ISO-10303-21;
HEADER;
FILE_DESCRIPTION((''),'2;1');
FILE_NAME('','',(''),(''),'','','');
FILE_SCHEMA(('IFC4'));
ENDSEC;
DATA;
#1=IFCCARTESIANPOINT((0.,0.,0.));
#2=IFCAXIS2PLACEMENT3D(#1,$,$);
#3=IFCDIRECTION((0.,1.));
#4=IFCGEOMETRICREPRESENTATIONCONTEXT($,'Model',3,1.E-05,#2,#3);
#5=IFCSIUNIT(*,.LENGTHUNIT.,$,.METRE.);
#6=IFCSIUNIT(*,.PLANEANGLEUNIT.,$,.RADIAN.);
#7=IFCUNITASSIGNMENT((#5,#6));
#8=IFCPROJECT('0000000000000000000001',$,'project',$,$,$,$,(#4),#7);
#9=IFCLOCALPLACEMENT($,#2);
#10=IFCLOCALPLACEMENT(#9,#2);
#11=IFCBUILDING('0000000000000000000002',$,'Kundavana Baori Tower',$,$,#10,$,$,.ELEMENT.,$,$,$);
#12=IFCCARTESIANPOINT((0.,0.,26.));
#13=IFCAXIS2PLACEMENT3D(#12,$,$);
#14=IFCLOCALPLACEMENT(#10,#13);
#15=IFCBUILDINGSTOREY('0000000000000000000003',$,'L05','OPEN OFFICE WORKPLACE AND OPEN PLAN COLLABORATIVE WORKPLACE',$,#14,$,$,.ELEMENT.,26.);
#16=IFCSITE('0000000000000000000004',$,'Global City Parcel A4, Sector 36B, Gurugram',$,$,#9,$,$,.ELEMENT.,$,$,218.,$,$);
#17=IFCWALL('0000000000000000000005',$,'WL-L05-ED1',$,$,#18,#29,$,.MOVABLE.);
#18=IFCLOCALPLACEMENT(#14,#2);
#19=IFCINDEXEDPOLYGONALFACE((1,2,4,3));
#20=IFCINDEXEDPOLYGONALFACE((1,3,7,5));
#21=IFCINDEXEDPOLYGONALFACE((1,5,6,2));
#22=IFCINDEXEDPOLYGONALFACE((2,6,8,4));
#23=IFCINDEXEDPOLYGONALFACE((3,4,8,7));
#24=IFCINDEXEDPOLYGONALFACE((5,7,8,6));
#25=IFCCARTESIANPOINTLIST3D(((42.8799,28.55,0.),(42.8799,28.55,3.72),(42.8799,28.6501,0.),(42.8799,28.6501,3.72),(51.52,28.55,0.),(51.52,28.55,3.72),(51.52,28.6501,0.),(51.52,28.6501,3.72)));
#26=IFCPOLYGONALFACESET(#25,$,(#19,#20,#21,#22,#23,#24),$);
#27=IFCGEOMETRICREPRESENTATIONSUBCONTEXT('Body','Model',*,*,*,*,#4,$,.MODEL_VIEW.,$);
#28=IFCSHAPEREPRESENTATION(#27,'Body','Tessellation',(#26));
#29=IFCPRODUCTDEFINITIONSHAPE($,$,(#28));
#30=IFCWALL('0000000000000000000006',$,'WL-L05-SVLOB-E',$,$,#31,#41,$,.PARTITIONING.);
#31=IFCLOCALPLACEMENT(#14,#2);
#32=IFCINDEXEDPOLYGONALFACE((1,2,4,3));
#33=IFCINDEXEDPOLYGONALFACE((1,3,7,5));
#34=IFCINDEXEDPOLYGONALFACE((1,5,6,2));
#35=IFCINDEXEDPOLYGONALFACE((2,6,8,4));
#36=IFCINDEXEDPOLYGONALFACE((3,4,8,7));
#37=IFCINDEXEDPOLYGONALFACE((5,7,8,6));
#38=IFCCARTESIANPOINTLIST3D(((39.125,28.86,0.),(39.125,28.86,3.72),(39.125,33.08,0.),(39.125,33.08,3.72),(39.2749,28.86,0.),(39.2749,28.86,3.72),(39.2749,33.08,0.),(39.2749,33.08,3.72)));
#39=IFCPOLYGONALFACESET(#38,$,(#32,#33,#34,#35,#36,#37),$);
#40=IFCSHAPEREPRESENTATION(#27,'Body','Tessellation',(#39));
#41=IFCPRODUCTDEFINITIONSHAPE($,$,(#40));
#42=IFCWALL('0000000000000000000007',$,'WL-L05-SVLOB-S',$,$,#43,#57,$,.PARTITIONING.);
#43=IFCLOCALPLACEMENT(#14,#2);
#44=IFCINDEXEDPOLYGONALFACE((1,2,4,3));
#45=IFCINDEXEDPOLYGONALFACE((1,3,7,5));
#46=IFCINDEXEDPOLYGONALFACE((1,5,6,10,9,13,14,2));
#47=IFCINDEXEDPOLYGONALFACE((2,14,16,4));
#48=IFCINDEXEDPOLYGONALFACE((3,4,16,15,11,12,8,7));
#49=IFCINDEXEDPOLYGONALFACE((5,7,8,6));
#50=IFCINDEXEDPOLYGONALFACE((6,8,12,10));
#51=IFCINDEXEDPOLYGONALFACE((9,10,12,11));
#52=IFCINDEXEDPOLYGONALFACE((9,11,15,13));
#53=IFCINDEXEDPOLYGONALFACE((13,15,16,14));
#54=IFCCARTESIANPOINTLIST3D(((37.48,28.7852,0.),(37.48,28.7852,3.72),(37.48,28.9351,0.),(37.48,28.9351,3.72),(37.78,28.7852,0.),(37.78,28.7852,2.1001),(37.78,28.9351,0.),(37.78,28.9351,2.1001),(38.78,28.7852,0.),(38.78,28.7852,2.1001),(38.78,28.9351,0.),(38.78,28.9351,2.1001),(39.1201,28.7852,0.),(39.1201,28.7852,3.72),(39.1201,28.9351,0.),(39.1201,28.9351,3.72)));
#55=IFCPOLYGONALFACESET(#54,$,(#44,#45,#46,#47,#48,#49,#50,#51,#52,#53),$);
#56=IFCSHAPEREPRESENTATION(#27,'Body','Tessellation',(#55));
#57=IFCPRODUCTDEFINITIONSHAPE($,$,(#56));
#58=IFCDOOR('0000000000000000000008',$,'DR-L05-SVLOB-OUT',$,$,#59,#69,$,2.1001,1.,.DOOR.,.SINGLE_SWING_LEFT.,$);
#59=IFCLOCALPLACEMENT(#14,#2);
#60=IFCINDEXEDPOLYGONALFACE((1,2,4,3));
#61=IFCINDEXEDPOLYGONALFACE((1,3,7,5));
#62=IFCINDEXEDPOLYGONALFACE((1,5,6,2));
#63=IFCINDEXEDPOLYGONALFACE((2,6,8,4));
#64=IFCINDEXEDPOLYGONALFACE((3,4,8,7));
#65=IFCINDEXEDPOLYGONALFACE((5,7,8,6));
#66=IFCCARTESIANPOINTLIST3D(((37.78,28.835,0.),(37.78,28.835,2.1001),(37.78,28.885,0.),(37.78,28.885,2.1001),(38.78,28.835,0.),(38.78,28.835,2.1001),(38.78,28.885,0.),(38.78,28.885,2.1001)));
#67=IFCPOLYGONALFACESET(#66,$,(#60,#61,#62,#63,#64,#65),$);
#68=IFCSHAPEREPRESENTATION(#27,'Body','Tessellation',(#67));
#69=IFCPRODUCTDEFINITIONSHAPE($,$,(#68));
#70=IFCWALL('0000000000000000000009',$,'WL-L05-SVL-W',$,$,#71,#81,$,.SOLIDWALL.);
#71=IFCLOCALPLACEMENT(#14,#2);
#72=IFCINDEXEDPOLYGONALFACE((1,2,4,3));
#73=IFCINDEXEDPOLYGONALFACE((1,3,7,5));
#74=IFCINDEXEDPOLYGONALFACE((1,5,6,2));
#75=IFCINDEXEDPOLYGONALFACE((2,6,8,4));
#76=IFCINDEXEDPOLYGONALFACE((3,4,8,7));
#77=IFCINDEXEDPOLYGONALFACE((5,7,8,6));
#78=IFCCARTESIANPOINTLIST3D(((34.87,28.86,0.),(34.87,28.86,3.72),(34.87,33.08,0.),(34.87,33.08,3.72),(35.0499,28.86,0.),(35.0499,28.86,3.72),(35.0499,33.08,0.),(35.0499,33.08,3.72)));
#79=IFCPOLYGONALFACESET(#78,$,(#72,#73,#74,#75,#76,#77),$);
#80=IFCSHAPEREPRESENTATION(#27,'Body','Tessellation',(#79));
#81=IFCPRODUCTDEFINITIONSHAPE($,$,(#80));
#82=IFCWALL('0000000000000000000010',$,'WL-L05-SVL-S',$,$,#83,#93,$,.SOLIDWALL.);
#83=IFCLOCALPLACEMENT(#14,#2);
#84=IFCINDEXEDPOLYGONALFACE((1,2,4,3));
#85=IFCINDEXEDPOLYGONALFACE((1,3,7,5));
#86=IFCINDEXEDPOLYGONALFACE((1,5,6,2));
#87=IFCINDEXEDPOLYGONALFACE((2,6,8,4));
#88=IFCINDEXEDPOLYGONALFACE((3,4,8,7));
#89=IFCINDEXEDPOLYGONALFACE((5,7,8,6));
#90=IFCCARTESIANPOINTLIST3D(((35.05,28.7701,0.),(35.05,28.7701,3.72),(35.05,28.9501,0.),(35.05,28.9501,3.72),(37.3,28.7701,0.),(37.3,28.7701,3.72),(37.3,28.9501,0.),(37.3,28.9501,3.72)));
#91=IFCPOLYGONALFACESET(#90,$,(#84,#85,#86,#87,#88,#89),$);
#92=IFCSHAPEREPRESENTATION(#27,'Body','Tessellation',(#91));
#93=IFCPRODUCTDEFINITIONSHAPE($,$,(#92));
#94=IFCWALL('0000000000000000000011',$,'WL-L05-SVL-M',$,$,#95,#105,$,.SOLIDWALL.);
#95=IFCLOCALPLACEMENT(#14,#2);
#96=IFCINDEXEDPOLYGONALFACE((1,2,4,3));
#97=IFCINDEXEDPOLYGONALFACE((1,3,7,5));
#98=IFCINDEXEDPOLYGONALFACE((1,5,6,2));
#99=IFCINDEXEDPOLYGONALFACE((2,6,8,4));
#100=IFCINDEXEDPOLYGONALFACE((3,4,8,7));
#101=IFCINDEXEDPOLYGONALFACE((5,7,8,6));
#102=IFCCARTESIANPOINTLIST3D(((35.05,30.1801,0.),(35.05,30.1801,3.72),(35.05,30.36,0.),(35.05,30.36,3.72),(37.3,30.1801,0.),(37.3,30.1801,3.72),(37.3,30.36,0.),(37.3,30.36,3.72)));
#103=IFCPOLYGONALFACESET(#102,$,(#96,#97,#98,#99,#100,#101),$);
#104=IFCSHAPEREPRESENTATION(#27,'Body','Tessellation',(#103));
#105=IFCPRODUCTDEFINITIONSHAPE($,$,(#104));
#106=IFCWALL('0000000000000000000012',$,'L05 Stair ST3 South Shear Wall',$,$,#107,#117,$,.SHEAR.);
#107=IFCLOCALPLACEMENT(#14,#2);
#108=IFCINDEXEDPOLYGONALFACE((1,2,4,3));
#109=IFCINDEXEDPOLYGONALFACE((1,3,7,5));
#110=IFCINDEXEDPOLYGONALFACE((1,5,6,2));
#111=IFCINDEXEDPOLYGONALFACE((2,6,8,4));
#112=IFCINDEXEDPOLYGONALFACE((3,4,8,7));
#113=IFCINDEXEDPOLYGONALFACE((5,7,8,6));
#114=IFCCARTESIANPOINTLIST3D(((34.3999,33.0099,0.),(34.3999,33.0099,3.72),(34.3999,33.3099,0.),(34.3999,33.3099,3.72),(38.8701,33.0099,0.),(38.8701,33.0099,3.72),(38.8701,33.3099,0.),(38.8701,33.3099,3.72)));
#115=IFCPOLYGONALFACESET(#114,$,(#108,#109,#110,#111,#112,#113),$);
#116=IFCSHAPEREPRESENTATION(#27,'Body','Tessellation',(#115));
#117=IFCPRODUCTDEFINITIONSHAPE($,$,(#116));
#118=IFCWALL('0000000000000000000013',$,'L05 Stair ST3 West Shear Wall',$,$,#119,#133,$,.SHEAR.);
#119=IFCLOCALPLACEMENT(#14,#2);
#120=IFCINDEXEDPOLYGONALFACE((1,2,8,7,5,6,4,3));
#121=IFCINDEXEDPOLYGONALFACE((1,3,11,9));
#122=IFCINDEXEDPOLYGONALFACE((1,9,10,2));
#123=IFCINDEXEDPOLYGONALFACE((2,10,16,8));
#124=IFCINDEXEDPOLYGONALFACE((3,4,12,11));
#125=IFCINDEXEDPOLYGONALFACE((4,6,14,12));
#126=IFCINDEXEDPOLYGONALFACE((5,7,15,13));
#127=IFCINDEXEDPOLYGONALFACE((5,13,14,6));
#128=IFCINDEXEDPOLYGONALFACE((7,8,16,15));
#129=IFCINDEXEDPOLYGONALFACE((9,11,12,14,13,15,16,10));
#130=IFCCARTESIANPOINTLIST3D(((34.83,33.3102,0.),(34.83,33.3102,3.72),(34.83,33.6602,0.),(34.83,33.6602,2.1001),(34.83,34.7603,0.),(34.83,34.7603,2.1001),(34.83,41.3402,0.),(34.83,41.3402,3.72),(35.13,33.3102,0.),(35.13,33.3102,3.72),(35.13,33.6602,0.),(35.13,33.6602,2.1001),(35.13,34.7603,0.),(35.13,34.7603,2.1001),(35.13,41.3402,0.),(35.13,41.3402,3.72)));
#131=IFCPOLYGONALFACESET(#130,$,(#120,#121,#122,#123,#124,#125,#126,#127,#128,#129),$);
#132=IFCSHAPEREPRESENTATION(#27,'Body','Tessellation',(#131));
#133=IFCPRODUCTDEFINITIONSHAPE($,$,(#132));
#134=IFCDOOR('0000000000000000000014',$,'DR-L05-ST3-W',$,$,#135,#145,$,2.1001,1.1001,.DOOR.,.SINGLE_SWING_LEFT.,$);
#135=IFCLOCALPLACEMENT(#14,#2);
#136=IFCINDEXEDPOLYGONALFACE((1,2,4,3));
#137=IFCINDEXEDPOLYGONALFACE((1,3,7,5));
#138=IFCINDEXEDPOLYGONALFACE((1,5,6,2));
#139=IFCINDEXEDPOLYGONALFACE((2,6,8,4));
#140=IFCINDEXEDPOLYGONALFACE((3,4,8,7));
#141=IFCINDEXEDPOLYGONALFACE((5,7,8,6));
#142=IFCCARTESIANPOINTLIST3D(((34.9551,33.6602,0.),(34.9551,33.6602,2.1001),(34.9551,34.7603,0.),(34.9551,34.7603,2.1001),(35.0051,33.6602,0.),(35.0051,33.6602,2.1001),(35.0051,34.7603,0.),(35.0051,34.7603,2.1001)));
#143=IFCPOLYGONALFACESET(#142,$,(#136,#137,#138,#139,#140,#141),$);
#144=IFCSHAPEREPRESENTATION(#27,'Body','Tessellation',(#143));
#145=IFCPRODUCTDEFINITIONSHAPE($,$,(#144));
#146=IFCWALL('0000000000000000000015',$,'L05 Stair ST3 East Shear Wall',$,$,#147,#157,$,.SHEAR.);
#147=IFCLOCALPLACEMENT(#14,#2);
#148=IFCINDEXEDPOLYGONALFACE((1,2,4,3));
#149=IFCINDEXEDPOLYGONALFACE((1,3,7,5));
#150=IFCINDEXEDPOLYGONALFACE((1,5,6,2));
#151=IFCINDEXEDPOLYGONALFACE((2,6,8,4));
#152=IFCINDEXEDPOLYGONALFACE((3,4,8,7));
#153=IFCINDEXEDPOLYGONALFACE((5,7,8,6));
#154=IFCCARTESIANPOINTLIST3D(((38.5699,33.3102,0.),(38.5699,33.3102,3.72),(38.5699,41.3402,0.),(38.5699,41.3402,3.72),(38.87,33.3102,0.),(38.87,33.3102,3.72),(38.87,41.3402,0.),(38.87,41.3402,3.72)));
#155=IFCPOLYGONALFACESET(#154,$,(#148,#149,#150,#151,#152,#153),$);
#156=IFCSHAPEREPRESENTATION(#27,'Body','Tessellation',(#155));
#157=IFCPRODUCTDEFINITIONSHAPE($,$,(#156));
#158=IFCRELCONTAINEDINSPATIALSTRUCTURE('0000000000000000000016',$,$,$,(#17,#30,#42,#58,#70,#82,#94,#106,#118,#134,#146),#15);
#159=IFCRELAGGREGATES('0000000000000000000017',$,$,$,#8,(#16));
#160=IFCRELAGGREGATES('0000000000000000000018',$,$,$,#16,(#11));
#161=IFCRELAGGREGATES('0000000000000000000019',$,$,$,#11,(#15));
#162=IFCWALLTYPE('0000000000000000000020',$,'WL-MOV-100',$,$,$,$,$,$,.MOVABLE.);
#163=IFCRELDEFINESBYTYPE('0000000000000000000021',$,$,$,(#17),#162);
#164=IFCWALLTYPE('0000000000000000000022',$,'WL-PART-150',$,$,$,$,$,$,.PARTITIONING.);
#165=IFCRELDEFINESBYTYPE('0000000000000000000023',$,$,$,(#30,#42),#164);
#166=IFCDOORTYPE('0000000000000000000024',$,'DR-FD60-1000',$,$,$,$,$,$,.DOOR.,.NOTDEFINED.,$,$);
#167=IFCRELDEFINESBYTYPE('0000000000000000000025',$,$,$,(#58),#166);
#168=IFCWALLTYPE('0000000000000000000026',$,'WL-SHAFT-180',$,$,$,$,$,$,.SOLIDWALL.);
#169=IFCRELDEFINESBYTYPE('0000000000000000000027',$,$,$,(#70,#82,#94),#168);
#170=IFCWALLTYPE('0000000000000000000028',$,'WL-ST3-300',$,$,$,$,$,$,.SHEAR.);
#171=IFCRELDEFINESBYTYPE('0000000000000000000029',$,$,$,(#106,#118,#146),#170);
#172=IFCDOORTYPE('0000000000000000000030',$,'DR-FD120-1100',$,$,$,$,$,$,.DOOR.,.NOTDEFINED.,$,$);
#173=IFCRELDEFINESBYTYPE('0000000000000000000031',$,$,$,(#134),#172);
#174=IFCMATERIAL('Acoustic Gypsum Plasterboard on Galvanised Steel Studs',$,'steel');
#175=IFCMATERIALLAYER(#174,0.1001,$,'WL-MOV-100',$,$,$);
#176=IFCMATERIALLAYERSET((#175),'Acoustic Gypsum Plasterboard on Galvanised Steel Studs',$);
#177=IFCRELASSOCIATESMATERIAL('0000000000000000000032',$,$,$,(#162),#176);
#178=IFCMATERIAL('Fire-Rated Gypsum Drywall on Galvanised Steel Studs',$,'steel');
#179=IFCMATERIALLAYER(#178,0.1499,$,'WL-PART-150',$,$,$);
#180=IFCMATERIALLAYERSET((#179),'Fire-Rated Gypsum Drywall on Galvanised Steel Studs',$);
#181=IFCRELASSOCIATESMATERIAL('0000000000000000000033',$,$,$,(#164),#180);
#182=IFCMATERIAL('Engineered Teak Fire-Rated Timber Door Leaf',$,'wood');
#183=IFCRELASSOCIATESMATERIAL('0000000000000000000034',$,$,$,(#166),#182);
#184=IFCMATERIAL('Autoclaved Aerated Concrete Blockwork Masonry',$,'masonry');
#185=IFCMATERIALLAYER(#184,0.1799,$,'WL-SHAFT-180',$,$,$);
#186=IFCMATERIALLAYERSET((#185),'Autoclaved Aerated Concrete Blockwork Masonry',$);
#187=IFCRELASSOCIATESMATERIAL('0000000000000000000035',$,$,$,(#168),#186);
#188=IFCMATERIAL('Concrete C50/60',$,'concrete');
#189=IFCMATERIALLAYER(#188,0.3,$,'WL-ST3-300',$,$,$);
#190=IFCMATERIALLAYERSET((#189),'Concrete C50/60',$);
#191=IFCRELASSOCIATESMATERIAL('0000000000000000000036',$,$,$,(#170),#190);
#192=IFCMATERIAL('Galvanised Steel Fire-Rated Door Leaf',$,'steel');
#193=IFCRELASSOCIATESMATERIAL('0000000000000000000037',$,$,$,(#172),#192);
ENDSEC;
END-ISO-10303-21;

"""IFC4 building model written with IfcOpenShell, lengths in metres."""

from ifc_helpers import new_model, si_unit, direction, frame, frame_2d, origin, place, context, subcontext, project, spatial, rectangle, extrude, material, layer, layer_set, type_object, element, fill, save


model = new_model("IFC4")

# Units and contexts
model_context = context("Model", 3, precision=1e-05, world=origin(), true_north=direction((0.0, 1.0)))
body_context = subcontext(model_context, "Body", "Model", "MODEL_VIEW")
ifc_project = project(units=[si_unit("LENGTHUNIT", "METRE"), si_unit("PLANEANGLEUNIT", "RADIAN")], contexts=[model_context])

# Site, building, storey
site_placement = place(None, origin())
site = spatial("IfcSite", under=ifc_project, at=site_placement, Name="Global City Parcel A4, Sector 36B, Gurugram", CompositionType="ELEMENT", RefElevation=218.0)
building_placement = place(site_placement, origin())
building = spatial("IfcBuilding", under=site, at=building_placement, Name="Kundavana Baori Tower", CompositionType="ELEMENT")
storey_placement = place(building_placement, frame((0.0, 0.0, 26.0)))
storey = spatial("IfcBuildingStorey", under=building, at=storey_placement, Name="L05", Description="OPEN OFFICE WORKPLACE AND OPEN PLAN COLLABORATIVE WORKPLACE", CompositionType="ELEMENT", Elevation=26.0)

# Walls
ifc_material_1 = material(Name="Acoustic Gypsum Plasterboard on Galvanised Steel Studs", Category="steel")
ifc_layer_1 = layer(ifc_material_1, 0.1001, Name="WL-MOV-100")
ifc_layer_set_1 = layer_set([ifc_layer_1], Name="Acoustic Gypsum Plasterboard on Galvanised Steel Studs")
wall_type_1 = type_object("IfcWallType", Name="WL-MOV-100", PredefinedType="MOVABLE", material=ifc_layer_set_1)
wall_1_placement = place(storey_placement, frame((42.8799, 28.6001, 0.0), z_axis=(0.0, 0.0, 1.0), x_axis=(1.0, 0.0, 0.0)))
element("IfcWall", 1, at=wall_1_placement, inside=storey, type_object=wall_type_1, Name="WL-L05-ED1", PredefinedType="MOVABLE", context=body_context, shape_type="SweptSolid", body=[
    extrude(rectangle(XDim=8.6401, YDim=0.1001, at=frame_2d((4.3201, 0.0))), origin(), (0.0, 0.0, 1.0), 3.72),
])
ifc_material_2 = material(Name="Fire-Rated Gypsum Drywall on Galvanised Steel Studs", Category="steel")
ifc_layer_2 = layer(ifc_material_2, 0.1499, Name="WL-PART-150")
ifc_layer_set_2 = layer_set([ifc_layer_2], Name="Fire-Rated Gypsum Drywall on Galvanised Steel Studs")
wall_type_2 = type_object("IfcWallType", Name="WL-PART-150", PredefinedType="PARTITIONING", material=ifc_layer_set_2)
wall_2_placement = place(storey_placement, frame((39.2, 28.8601, 0.0), z_axis=(0.0, 0.0, 1.0), x_axis=(0.0, 1.0, 0.0)))
element("IfcWall", 2, at=wall_2_placement, inside=storey, type_object=wall_type_2, Name="WL-L05-SVLOB-E", PredefinedType="PARTITIONING", context=body_context, shape_type="SweptSolid", body=[
    extrude(rectangle(XDim=4.22, YDim=0.1499, at=frame_2d((2.1099, 0.0))), origin(), (0.0, 0.0, 1.0), 3.72),
])

# Wall, opening, door
wall_3_placement = place(storey_placement, frame((37.48, 28.8601, 0.0), z_axis=(0.0, 0.0, 1.0), x_axis=(1.0, 0.0, 0.0)))
wall_3 = element("IfcWall", 3, at=wall_3_placement, inside=storey, type_object=wall_type_2, Name="WL-L05-SVLOB-S", PredefinedType="PARTITIONING", context=body_context, shape_type="SweptSolid", body=[
    extrude(rectangle(XDim=1.6401, YDim=0.1499, at=frame_2d((0.8201, 0.0))), origin(), (0.0, 0.0, 1.0), 3.72),
])
opening_1_placement = place(wall_3_placement, frame((0.3, 0.0, 0.0)))
opening_1 = element("IfcOpeningElement", 4, at=opening_1_placement, cuts=wall_3, PredefinedType="OPENING", context=body_context, shape_type="SweptSolid", body=[
    extrude(rectangle(XDim=1.0, YDim=2.1001, at=frame_2d((0.5, 1.05))), frame((0.0, 0.085, 0.0), z_axis=(0.0, -1.0, 0.0), x_axis=(1.0, 0.0, 0.0)), (0.0, 0.0, 1.0), 0.1699),
])
ifc_material_3 = material(Name="Engineered Teak Fire-Rated Timber Door Leaf", Category="wood")
door_type_1 = type_object("IfcDoorType", Name="DR-FD60-1000", OperationType="NOTDEFINED", PredefinedType="DOOR", material=ifc_material_3)
door_1_placement = place(opening_1_placement, origin())
door_1 = element("IfcDoor", 5, at=door_1_placement, inside=storey, type_object=door_type_1, Name="DR-L05-SVLOB-OUT", OperationType="SINGLE_SWING_LEFT", OverallHeight=2.1001, OverallWidth=1.0, PredefinedType="DOOR", context=body_context, shape_type="SweptSolid", body=[
    extrude(rectangle(XDim=1.0, YDim=2.1001, at=frame_2d((0.5, 1.05))), frame((0.0, 0.0249, 0.0), z_axis=(0.0, -1.0, 0.0), x_axis=(1.0, 0.0, 0.0)), (0.0, 0.0, 1.0), 0.05),
])
fill(opening_1, door_1)

# Wall
ifc_material_4 = material(Name="Autoclaved Aerated Concrete Blockwork Masonry", Category="masonry")
ifc_layer_3 = layer(ifc_material_4, 0.1799, Name="WL-SHAFT-180")
ifc_layer_set_3 = layer_set([ifc_layer_3], Name="Autoclaved Aerated Concrete Blockwork Masonry")
wall_type_3 = type_object("IfcWallType", Name="WL-SHAFT-180", PredefinedType="SOLIDWALL", material=ifc_layer_set_3)
wall_4_placement = place(storey_placement, frame((34.96, 28.8601, 0.0), z_axis=(0.0, 0.0, 1.0), x_axis=(0.0, 1.0, 0.0)))
element("IfcWall", 6, at=wall_4_placement, inside=storey, type_object=wall_type_3, Name="WL-L05-SVL-W", PredefinedType="SOLIDWALL", context=body_context, shape_type="SweptSolid", body=[
    extrude(rectangle(XDim=4.22, YDim=0.1799, at=frame_2d((2.1099, 0.0))), origin(), (0.0, 0.0, 1.0), 3.72),
])

# Walls
for number, where, z_axis, x_axis, name in (
    (7, (35.05, 28.8601, 0.0), (0.0, 0.0, 1.0), (1.0, 0.0, 0.0), "WL-L05-SVL-S"),
    (8, (35.05, 30.27, 0.0), (0.0, 0.0, 1.0), (1.0, 0.0, 0.0), "WL-L05-SVL-M"),
):
    element("IfcWall", number, at=place(storey_placement, frame(where, z_axis=z_axis, x_axis=x_axis)), inside=storey, type_object=wall_type_3, Name=name, PredefinedType="SOLIDWALL", context=body_context, shape_type="SweptSolid", body=[
        extrude(rectangle(XDim=2.25, YDim=0.1799, at=frame_2d((1.125, 0.0))), origin(), (0.0, 0.0, 1.0), 3.72),
    ])
ifc_material_5 = material(Name="Concrete C50/60", Category="concrete")
ifc_layer_4 = layer(ifc_material_5, 0.3, Name="WL-ST3-300")
ifc_layer_set_4 = layer_set([ifc_layer_4], Name="Concrete C50/60")
wall_type_4 = type_object("IfcWallType", Name="WL-ST3-300", PredefinedType="SHEAR", material=ifc_layer_set_4)
wall_5_placement = place(storey_placement, frame((34.3999, 33.1599, 0.0), z_axis=(0.0, 0.0, 1.0), x_axis=(1.0, 0.0, 0.0)))
element("IfcWall", 9, at=wall_5_placement, inside=storey, type_object=wall_type_4, Name="L05 Stair ST3 South Shear Wall", PredefinedType="SHEAR", context=body_context, shape_type="SweptSolid", body=[
    extrude(rectangle(XDim=4.4702, YDim=0.3, at=frame_2d((2.2351, 0.0))), origin(), (0.0, 0.0, 1.0), 3.72),
])

# Wall, opening, door
wall_6_placement = place(storey_placement, frame((34.98, 33.3101, 0.0), z_axis=(0.0, 0.0, 1.0), x_axis=(0.0, 1.0, 0.0)))
wall_6 = element("IfcWall", 10, at=wall_6_placement, inside=storey, type_object=wall_type_4, Name="L05 Stair ST3 West Shear Wall", PredefinedType="SHEAR", context=body_context, shape_type="SweptSolid", body=[
    extrude(rectangle(XDim=8.03, YDim=0.3, at=frame_2d((4.0151, 0.0))), origin(), (0.0, 0.0, 1.0), 3.72),
])
opening_2_placement = place(wall_6_placement, frame((0.3501, 0.0, 0.0)))
opening_2 = element("IfcOpeningElement", 11, at=opening_2_placement, cuts=wall_6, PredefinedType="OPENING", context=body_context, shape_type="SweptSolid", body=[
    extrude(rectangle(XDim=1.1001, YDim=2.1001, at=frame_2d((0.55, 1.05))), frame((0.0, 0.1602, 0.0), z_axis=(0.0, -1.0, 0.0), x_axis=(1.0, 0.0, 0.0)), (0.0, 0.0, 1.0), 0.3201),
])
ifc_material_6 = material(Name="Galvanised Steel Fire-Rated Door Leaf", Category="steel")
door_type_2 = type_object("IfcDoorType", Name="DR-FD120-1100", OperationType="NOTDEFINED", PredefinedType="DOOR", material=ifc_material_6)
door_2_placement = place(opening_2_placement, origin())
door_2 = element("IfcDoor", 12, at=door_2_placement, inside=storey, type_object=door_type_2, Name="DR-L05-ST3-W", OperationType="SINGLE_SWING_LEFT", OverallHeight=2.1001, OverallWidth=1.1001, PredefinedType="DOOR", context=body_context, shape_type="SweptSolid", body=[
    extrude(rectangle(XDim=1.1001, YDim=2.1001, at=frame_2d((0.55, 1.05))), frame((0.0, 0.0249, 0.0), z_axis=(0.0, -1.0, 0.0), x_axis=(1.0, 0.0, 0.0)), (0.0, 0.0, 1.0), 0.05),
])
fill(opening_2, door_2)

# Wall
wall_7_placement = place(storey_placement, frame((38.72, 33.3101, 0.0), z_axis=(0.0, 0.0, 1.0), x_axis=(0.0, 1.0, 0.0)))
element("IfcWall", 13, at=wall_7_placement, inside=storey, type_object=wall_type_4, Name="L05 Stair ST3 East Shear Wall", PredefinedType="SHEAR", context=body_context, shape_type="SweptSolid", body=[
    extrude(rectangle(XDim=8.03, YDim=0.3, at=frame_2d((4.0151, 0.0))), origin(), (0.0, 0.0, 1.0), 3.72),
])

save(model, "model.ifc")
